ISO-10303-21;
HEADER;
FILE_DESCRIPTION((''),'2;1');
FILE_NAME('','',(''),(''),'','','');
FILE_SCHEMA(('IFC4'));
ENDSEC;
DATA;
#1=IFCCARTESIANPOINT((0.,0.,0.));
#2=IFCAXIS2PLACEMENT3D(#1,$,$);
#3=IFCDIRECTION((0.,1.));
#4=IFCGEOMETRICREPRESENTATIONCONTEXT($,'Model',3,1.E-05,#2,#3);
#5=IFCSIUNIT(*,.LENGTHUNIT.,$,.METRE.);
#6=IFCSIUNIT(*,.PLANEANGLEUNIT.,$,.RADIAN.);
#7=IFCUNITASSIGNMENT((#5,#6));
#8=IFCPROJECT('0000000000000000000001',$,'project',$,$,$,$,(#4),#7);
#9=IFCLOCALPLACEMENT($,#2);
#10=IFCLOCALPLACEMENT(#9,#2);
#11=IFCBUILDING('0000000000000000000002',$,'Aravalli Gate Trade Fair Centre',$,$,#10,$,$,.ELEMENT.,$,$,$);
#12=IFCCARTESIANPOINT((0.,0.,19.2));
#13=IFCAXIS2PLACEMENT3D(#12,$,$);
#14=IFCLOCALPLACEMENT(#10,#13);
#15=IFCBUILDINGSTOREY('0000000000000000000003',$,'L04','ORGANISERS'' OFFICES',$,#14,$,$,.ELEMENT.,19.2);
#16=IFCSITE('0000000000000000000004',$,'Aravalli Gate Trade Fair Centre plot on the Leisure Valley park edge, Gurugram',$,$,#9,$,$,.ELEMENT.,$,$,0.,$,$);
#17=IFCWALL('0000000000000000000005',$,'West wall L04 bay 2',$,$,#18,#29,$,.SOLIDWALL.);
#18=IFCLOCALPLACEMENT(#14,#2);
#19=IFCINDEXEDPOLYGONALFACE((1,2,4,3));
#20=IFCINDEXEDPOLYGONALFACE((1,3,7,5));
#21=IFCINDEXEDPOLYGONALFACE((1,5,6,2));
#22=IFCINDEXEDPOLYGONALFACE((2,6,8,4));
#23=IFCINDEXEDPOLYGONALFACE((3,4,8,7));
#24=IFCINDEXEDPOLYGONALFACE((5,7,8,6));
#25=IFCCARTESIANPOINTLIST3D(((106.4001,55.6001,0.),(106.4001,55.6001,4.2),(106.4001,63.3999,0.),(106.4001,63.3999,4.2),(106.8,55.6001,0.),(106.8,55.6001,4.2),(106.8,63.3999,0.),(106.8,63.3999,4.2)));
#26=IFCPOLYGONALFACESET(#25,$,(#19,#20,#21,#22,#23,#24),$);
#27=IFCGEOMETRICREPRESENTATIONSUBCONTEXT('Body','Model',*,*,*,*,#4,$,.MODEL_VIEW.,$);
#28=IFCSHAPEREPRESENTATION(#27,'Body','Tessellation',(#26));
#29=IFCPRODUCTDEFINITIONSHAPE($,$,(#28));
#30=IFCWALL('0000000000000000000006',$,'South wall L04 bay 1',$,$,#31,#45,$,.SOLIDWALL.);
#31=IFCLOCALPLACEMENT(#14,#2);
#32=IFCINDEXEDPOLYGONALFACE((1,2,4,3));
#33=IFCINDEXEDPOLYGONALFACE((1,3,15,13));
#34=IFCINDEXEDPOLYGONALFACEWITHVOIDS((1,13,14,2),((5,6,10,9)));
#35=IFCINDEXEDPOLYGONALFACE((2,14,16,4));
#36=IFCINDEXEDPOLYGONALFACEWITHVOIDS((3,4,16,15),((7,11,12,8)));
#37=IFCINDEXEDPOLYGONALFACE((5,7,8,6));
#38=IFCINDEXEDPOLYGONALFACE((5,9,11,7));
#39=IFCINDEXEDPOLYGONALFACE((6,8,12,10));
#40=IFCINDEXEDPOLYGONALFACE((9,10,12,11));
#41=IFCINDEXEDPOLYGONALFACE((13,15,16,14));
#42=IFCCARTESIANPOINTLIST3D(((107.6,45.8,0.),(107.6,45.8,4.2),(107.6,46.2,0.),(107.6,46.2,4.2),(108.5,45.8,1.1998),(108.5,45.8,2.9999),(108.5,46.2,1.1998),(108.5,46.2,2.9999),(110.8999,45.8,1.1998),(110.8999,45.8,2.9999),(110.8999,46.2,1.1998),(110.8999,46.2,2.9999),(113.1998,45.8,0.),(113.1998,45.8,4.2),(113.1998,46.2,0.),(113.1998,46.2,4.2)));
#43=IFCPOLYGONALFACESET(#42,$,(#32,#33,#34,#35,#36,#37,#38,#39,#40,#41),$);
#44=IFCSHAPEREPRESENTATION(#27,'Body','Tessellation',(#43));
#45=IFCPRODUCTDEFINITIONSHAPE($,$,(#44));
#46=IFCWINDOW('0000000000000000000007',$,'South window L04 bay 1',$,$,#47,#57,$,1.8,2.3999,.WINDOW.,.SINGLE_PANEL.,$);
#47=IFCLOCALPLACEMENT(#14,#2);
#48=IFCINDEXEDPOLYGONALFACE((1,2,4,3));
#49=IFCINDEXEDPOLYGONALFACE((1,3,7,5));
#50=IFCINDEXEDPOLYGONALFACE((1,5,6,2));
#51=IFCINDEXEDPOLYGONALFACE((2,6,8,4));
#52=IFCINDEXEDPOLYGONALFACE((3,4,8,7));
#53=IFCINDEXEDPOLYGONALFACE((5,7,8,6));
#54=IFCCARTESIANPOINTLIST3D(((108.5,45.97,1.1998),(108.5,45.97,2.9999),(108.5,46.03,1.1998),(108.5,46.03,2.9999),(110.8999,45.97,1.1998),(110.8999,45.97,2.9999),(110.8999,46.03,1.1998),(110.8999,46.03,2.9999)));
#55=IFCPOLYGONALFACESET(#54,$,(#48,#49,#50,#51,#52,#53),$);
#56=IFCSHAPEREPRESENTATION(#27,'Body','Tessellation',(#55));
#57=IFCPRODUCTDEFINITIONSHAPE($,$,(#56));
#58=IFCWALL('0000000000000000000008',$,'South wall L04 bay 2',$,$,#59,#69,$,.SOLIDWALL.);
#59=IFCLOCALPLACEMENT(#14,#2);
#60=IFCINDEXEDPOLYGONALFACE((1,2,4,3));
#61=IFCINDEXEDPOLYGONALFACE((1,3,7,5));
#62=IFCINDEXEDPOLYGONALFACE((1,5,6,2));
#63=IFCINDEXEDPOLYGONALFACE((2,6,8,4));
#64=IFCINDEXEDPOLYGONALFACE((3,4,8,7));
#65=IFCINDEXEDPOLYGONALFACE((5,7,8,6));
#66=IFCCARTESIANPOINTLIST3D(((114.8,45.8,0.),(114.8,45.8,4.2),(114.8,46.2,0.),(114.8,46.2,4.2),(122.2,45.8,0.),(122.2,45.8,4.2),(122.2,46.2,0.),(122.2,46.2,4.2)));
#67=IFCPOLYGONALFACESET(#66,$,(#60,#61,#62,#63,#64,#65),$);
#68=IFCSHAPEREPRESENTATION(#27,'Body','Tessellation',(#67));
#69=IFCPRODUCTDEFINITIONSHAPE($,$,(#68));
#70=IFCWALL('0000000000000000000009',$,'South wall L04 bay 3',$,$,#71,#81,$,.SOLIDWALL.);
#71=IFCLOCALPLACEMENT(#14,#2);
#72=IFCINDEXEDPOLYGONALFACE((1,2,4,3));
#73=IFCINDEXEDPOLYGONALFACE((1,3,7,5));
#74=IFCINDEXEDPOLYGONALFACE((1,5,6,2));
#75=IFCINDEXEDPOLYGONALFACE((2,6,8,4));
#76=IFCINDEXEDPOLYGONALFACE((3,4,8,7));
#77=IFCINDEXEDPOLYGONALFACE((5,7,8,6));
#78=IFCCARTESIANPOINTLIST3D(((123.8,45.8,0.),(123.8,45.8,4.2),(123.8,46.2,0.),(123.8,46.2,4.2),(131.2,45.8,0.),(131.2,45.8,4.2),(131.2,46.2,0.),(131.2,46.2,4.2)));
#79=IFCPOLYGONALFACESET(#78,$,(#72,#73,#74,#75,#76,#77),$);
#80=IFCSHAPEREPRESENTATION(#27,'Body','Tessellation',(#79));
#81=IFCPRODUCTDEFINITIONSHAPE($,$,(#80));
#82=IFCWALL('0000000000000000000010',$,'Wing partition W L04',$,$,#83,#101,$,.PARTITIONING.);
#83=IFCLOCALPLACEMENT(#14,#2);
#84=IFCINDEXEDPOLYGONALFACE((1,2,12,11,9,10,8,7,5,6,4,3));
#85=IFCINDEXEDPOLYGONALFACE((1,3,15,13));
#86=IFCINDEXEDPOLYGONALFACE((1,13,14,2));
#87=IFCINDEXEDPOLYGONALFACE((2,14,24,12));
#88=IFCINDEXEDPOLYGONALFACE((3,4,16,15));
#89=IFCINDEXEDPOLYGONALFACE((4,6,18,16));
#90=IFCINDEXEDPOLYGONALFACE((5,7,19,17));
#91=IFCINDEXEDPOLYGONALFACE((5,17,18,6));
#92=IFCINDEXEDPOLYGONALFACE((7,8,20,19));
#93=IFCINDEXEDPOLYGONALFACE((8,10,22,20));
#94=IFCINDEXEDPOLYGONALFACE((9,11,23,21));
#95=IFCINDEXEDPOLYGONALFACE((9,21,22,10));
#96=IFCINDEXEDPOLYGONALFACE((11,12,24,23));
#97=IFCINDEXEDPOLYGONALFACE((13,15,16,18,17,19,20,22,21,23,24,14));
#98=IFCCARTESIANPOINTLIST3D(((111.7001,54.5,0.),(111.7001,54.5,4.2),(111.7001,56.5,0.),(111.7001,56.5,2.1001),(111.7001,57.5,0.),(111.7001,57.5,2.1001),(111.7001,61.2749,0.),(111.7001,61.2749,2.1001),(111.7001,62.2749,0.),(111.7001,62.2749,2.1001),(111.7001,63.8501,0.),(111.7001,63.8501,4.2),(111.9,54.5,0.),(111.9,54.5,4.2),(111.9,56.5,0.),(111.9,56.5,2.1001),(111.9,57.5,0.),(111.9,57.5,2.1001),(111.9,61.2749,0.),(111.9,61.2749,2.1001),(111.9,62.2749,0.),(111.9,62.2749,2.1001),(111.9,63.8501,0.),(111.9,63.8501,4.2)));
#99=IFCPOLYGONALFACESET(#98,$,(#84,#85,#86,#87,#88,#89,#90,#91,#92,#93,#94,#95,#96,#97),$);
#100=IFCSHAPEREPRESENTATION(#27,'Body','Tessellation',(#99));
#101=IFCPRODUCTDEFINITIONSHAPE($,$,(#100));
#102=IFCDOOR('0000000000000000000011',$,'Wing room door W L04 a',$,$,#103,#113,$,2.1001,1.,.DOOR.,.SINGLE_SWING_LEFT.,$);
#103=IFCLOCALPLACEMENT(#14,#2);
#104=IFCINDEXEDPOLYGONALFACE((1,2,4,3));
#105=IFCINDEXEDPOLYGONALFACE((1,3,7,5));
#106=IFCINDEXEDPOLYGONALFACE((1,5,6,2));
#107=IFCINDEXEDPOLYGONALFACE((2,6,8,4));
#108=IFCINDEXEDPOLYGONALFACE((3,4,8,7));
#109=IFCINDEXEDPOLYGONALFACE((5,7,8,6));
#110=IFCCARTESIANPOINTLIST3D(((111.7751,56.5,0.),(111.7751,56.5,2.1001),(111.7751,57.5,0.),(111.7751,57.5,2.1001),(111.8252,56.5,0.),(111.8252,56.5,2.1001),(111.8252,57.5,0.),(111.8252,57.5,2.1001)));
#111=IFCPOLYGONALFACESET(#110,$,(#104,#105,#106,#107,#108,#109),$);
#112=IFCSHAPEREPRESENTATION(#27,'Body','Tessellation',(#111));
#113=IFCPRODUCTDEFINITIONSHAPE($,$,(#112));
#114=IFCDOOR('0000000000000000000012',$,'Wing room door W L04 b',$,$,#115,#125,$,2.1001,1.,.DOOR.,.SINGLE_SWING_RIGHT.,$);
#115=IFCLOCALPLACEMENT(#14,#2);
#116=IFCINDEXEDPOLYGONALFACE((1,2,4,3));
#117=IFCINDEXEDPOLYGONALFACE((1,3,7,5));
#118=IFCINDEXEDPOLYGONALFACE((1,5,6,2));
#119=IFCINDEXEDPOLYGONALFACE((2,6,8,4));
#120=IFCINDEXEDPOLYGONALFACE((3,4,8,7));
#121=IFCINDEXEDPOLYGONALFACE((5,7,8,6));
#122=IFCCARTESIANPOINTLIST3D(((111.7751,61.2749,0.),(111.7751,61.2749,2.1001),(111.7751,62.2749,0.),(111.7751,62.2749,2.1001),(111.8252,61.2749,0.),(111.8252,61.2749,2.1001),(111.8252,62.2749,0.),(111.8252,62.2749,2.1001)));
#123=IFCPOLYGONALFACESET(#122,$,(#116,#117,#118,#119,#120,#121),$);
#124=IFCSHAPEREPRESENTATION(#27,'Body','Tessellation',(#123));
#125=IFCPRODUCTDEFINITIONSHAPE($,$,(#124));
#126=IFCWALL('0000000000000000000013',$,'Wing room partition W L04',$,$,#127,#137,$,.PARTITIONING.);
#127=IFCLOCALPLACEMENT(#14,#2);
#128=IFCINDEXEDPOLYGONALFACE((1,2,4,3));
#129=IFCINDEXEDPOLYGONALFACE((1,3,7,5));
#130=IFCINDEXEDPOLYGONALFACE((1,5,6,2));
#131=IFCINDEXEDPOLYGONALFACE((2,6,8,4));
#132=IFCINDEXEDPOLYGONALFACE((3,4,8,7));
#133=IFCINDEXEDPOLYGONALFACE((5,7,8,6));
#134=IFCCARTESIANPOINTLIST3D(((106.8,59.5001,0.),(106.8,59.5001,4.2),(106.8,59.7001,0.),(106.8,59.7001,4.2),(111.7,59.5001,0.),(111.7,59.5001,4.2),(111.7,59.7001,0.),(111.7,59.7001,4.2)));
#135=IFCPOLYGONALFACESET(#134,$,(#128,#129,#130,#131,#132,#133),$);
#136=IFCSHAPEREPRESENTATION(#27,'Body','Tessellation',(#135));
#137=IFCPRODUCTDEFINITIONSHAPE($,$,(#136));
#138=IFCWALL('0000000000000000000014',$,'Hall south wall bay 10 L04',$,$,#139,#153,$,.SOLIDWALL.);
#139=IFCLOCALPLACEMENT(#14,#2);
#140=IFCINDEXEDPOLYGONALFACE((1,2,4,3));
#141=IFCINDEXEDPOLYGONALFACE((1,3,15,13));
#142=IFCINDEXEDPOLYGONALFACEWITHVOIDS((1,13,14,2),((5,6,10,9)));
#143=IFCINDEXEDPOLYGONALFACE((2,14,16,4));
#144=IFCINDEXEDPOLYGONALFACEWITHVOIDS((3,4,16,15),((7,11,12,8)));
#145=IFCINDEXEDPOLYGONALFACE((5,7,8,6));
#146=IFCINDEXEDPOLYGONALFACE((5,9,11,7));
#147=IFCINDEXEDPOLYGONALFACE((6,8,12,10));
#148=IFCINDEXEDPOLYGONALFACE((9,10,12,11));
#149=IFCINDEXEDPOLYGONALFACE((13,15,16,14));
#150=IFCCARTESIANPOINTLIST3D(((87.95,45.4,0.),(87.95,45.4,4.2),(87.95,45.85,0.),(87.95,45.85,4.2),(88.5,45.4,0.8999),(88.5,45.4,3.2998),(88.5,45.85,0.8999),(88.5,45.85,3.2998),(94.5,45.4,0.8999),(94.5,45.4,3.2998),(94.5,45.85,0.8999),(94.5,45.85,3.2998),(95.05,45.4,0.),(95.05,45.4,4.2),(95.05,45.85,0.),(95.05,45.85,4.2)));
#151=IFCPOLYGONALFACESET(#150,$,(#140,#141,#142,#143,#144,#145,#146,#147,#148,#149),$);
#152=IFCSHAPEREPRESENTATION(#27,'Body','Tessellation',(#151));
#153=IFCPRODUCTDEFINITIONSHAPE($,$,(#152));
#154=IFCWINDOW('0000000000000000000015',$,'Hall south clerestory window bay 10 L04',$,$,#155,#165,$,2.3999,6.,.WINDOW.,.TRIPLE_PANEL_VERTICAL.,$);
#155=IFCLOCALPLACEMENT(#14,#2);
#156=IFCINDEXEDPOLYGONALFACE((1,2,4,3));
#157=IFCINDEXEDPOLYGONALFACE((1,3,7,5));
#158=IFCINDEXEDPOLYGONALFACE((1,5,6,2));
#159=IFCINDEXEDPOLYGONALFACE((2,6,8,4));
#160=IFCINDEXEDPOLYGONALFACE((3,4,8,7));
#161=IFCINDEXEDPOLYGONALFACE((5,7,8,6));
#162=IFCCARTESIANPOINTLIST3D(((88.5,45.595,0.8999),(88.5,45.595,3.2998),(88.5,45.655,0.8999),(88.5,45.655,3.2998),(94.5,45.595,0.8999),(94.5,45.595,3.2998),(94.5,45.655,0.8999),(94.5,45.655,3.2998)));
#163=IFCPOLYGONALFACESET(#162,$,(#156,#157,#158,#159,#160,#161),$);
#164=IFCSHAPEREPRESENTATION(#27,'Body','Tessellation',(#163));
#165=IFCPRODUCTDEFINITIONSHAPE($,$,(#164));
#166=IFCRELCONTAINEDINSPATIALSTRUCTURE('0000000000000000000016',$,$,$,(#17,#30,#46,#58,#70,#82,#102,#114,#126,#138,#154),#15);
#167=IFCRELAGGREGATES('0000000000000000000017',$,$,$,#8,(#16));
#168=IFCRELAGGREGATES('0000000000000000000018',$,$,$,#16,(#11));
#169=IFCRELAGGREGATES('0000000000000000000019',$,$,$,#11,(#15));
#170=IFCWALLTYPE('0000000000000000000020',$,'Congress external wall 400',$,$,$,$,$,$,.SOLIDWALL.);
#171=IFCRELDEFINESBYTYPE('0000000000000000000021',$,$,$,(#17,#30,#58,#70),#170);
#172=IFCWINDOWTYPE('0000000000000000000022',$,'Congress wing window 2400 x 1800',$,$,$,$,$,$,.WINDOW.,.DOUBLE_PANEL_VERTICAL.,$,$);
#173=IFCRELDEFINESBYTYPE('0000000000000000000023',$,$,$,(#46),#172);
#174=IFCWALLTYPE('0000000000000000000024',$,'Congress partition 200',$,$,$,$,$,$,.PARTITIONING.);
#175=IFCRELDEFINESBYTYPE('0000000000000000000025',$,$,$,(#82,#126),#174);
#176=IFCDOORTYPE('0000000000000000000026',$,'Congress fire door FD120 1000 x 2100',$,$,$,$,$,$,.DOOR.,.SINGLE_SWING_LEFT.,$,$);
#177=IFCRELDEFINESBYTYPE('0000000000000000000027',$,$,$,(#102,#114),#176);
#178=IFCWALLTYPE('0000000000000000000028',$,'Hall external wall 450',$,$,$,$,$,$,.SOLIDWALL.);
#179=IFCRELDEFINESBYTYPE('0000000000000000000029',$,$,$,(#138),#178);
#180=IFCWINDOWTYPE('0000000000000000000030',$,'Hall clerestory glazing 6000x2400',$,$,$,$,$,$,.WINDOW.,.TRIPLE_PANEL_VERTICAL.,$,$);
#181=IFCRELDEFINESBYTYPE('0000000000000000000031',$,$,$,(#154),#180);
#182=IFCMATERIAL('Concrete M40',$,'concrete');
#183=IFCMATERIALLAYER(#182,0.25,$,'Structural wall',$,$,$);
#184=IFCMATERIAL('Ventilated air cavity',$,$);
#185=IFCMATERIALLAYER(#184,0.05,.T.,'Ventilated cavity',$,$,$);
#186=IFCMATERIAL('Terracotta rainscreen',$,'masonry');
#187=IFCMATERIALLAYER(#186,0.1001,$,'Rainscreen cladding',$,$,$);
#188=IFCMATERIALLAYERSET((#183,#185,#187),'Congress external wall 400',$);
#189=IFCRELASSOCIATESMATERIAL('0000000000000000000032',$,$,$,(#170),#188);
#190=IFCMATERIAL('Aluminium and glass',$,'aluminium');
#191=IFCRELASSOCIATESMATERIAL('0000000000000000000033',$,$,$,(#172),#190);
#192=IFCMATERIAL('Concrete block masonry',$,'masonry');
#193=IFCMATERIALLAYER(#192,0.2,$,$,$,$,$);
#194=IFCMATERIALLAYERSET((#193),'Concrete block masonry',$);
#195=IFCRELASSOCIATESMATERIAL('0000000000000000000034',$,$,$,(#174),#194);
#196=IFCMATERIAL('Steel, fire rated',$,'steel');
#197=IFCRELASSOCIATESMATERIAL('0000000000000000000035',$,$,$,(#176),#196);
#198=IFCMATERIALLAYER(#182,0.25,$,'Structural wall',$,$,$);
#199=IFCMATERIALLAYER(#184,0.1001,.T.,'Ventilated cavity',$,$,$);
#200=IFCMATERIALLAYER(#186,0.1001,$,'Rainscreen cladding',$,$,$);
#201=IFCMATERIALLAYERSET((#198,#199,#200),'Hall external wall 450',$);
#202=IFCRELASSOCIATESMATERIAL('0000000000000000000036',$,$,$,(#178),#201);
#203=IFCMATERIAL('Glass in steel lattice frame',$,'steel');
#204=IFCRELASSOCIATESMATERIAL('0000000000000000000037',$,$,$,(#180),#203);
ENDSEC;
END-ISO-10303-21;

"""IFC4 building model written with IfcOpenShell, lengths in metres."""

from ifc_helpers import new_model, si_unit, direction, frame, frame_2d, origin, place, context, subcontext, project, spatial, rectangle, extrude, material, layer, layer_set, type_object, element, fill, save


model = new_model("IFC4")

# Units and contexts
model_context = context("Model", 3, precision=1e-05, world=origin(), true_north=direction((0.0, 1.0)))
body_context = subcontext(model_context, "Body", "Model", "MODEL_VIEW")
ifc_project = project(units=[si_unit("LENGTHUNIT", "METRE"), si_unit("PLANEANGLEUNIT", "RADIAN")], contexts=[model_context])

# Site, building, storey
site_placement = place(None, origin())
site = spatial("IfcSite", under=ifc_project, at=site_placement, Name="Aravalli Gate Trade Fair Centre plot on the Leisure Valley park edge, Gurugram", CompositionType="ELEMENT", RefElevation=0.0)
building_placement = place(site_placement, origin())
building = spatial("IfcBuilding", under=site, at=building_placement, Name="Aravalli Gate Trade Fair Centre", CompositionType="ELEMENT")
storey_placement = place(building_placement, frame((0.0, 0.0, 19.2)))
storey = spatial("IfcBuildingStorey", under=building, at=storey_placement, Name="L04", Description="ORGANISERS' OFFICES", CompositionType="ELEMENT", Elevation=19.2)

# Shared definitions
ifc_material_1 = material(Name="Concrete M40", Category="concrete")

# Shared definitions
ifc_material_2 = material(Name="Steel, fire rated", Category="steel")

# Wall
ifc_layer_1 = layer(ifc_material_1, 0.25, Name="Structural wall")
ifc_material_3 = material(Name="Ventilated air cavity")
ifc_layer_2 = layer(ifc_material_3, 0.05, ventilated=True, Name="Ventilated cavity")
ifc_material_4 = material(Name="Terracotta rainscreen", Category="masonry")
ifc_layer_3 = layer(ifc_material_4, 0.1001, Name="Rainscreen cladding")
ifc_layer_set_1 = layer_set([ifc_layer_1, ifc_layer_2, ifc_layer_3], Name="Congress external wall 400")
wall_type_1 = type_object("IfcWallType", Name="Congress external wall 400", PredefinedType="SOLIDWALL", material=ifc_layer_set_1)
for number, where, z_axis, x_axis, name in (
    (1, (106.6001, 55.6001, 0.0), (0.0, 0.0, 1.0), (0.0, 1.0, 0.0), "West wall L04 bay 2"),
):
    element("IfcWall", number, at=place(storey_placement, frame(where, z_axis=z_axis, x_axis=x_axis)), inside=storey, type_object=wall_type_1, Name=name, PredefinedType="SOLIDWALL", context=body_context, shape_type="SweptSolid", body=[
        extrude(rectangle(XDim=7.7998, YDim=0.3999, at=frame_2d((3.8999, 0.0))), origin(), (0.0, 0.0, 1.0), 4.2),
    ])

# Wall, opening, window
wall_1_placement = place(storey_placement, frame((107.6001, 46.0, 0.0), z_axis=(0.0, 0.0, 1.0), x_axis=(1.0, 0.0, 0.0)))
wall_1 = element("IfcWall", 2, at=wall_1_placement, inside=storey, type_object=wall_type_1, Name="South wall L04 bay 1", PredefinedType="SOLIDWALL", context=body_context, shape_type="SweptSolid", body=[
    extrude(rectangle(XDim=5.5999, YDim=0.3999, at=frame_2d((2.7998, 0.0))), origin(), (0.0, 0.0, 1.0), 4.2),
])
opening_1_placement = place(wall_1_placement, frame((0.8999, 0.0, 1.2)))
opening_1 = element("IfcOpeningElement", 3, at=opening_1_placement, cuts=wall_1, PredefinedType="OPENING", context=body_context, shape_type="SweptSolid", body=[
    extrude(rectangle(XDim=2.3999, YDim=1.8, at=frame_2d((1.2, 0.8999))), frame((0.0, 0.21, 0.0), z_axis=(0.0, -1.0, 0.0), x_axis=(1.0, 0.0, 0.0)), (0.0, 0.0, 1.0), 0.4199),
])
ifc_material_5 = material(Name="Aluminium and glass", Category="aluminium")
window_type_1 = type_object("IfcWindowType", Name="Congress wing window 2400 x 1800", PartitioningType="DOUBLE_PANEL_VERTICAL", PredefinedType="WINDOW", material=ifc_material_5)
window_1_placement = place(opening_1_placement, origin())
window_1 = element("IfcWindow", 4, at=window_1_placement, inside=storey, type_object=window_type_1, Name="South window L04 bay 1", OverallHeight=1.8, OverallWidth=2.3999, PartitioningType="SINGLE_PANEL", PredefinedType="WINDOW", context=body_context, shape_type="SweptSolid", body=[
    extrude(rectangle(XDim=2.3999, YDim=1.8, at=frame_2d((1.2, 0.8999))), frame((0.0, 0.03, 0.0), z_axis=(0.0, -1.0, 0.0), x_axis=(1.0, 0.0, 0.0)), (0.0, 0.0, 1.0), 0.0601),
])
fill(opening_1, window_1)

# Walls
for number, where, z_axis, x_axis, name in (
    (5, (114.8, 46.0, 0.0), (0.0, 0.0, 1.0), (1.0, 0.0, 0.0), "South wall L04 bay 2"),
    (6, (123.8, 46.0, 0.0), (0.0, 0.0, 1.0), (1.0, 0.0, 0.0), "South wall L04 bay 3"),
):
    element("IfcWall", number, at=place(storey_placement, frame(where, z_axis=z_axis, x_axis=x_axis)), inside=storey, type_object=wall_type_1, Name=name, PredefinedType="SOLIDWALL", context=body_context, shape_type="SweptSolid", body=[
        extrude(rectangle(XDim=7.3999, YDim=0.3999, at=frame_2d((3.7, 0.0))), origin(), (0.0, 0.0, 1.0), 4.2),
    ])

# Wall, openings, doors
ifc_material_6 = material(Name="Concrete block masonry", Category="masonry")
ifc_layer_4 = layer(ifc_material_6, 0.2)
ifc_layer_set_2 = layer_set([ifc_layer_4], Name="Concrete block masonry")
wall_type_2 = type_object("IfcWallType", Name="Congress partition 200", PredefinedType="PARTITIONING", material=ifc_layer_set_2)
wall_2_placement = place(storey_placement, frame((111.8, 54.5, 0.0), z_axis=(0.0, 0.0, 1.0), x_axis=(0.0, 1.0, 0.0)))
wall_2 = element("IfcWall", 7, at=wall_2_placement, inside=storey, type_object=wall_type_2, Name="Wing partition W L04", PredefinedType="PARTITIONING", context=body_context, shape_type="SweptSolid", body=[
    extrude(rectangle(XDim=9.3501, YDim=0.2, at=frame_2d((4.675, 0.0))), origin(), (0.0, 0.0, 1.0), 4.2),
])
opening_2_placement = place(wall_2_placement, frame((2.0, 0.0, 0.0)))
opening_2 = element("IfcOpeningElement", 8, at=opening_2_placement, cuts=wall_2, PredefinedType="OPENING", context=body_context, shape_type="SweptSolid", body=[
    extrude(rectangle(XDim=1.0, YDim=2.1001, at=frame_2d((0.5, 1.05))), frame((0.0, 0.1099, 0.0), z_axis=(0.0, -1.0, 0.0), x_axis=(1.0, 0.0, 0.0)), (0.0, 0.0, 1.0), 0.22),
])
opening_3_placement = place(wall_2_placement, frame((6.7749, 0.0, 0.0)))
opening_3 = element("IfcOpeningElement", 9, at=opening_3_placement, cuts=wall_2, PredefinedType="OPENING", context=body_context, shape_type="SweptSolid", body=[
    extrude(rectangle(XDim=1.0, YDim=2.1001, at=frame_2d((0.5, 1.05))), frame((0.0, 0.1099, 0.0), z_axis=(0.0, -1.0, 0.0), x_axis=(1.0, 0.0, 0.0)), (0.0, 0.0, 1.0), 0.22),
])
door_type_1 = type_object("IfcDoorType", Name="Congress fire door FD120 1000 x 2100", OperationType="SINGLE_SWING_LEFT", PredefinedType="DOOR", material=ifc_material_2)
door_1_placement = place(opening_2_placement, origin())
door_1 = element("IfcDoor", 10, at=door_1_placement, inside=storey, type_object=door_type_1, Name="Wing room door W L04 a", OperationType="SINGLE_SWING_LEFT", OverallHeight=2.1001, OverallWidth=1.0, PredefinedType="DOOR", context=body_context, shape_type="SweptSolid", body=[
    extrude(rectangle(XDim=1.0, YDim=2.1001, at=frame_2d((0.5, 1.05))), frame((0.0, 0.0249, 0.0), z_axis=(0.0, -1.0, 0.0), x_axis=(1.0, 0.0, 0.0)), (0.0, 0.0, 1.0), 0.05),
])
fill(opening_2, door_1)
door_2_placement = place(opening_3_placement, origin())
door_2 = element("IfcDoor", 11, at=door_2_placement, inside=storey, type_object=door_type_1, Name="Wing room door W L04 b", OperationType="SINGLE_SWING_RIGHT", OverallHeight=2.1001, OverallWidth=1.0, PredefinedType="DOOR", context=body_context, shape_type="SweptSolid", body=[
    extrude(rectangle(XDim=1.0, YDim=2.1001, at=frame_2d((0.5, 1.05))), frame((0.0, 0.0249, 0.0), z_axis=(0.0, -1.0, 0.0), x_axis=(1.0, 0.0, 0.0)), (0.0, 0.0, 1.0), 0.05),
])
fill(opening_3, door_2)

# Wall
wall_3_placement = place(storey_placement, frame((106.8, 59.6001, 0.0), z_axis=(0.0, 0.0, 1.0), x_axis=(1.0, 0.0, 0.0)))
element("IfcWall", 12, at=wall_3_placement, inside=storey, type_object=wall_type_2, Name="Wing room partition W L04", PredefinedType="PARTITIONING", context=body_context, shape_type="SweptSolid", body=[
    extrude(rectangle(XDim=4.8999, YDim=0.2, at=frame_2d((2.45, 0.0))), origin(), (0.0, 0.0, 1.0), 4.2),
])

# Wall, opening, window
ifc_layer_5 = layer(ifc_material_1, 0.25, Name="Structural wall")
ifc_layer_6 = layer(ifc_material_3, 0.1001, ventilated=True, Name="Ventilated cavity")
ifc_layer_7 = layer(ifc_material_4, 0.1001, Name="Rainscreen cladding")
ifc_layer_set_3 = layer_set([ifc_layer_5, ifc_layer_6, ifc_layer_7], Name="Hall external wall 450")
wall_type_3 = type_object("IfcWallType", Name="Hall external wall 450", PredefinedType="SOLIDWALL", material=ifc_layer_set_3)
wall_4_placement = place(storey_placement, frame((87.95, 45.625, 0.0), z_axis=(0.0, 0.0, 1.0), x_axis=(1.0, 0.0, 0.0)))
wall_4 = element("IfcWall", 13, at=wall_4_placement, inside=storey, type_object=wall_type_3, Name="Hall south wall bay 10 L04", PredefinedType="SOLIDWALL", context=body_context, shape_type="SweptSolid", body=[
    extrude(rectangle(XDim=7.1001, YDim=0.45, at=frame_2d((3.55, 0.0))), origin(), (0.0, 0.0, 1.0), 4.2),
])
opening_4_placement = place(wall_4_placement, frame((0.55, 0.0, 0.8999)))
opening_4 = element("IfcOpeningElement", 14, at=opening_4_placement, cuts=wall_4, PredefinedType="OPENING", context=body_context, shape_type="SweptSolid", body=[
    extrude(rectangle(XDim=6.0, YDim=2.3999, at=frame_2d((3.0, 1.2))), frame((0.0, 0.2349, 0.0), z_axis=(0.0, -1.0, 0.0), x_axis=(1.0, 0.0, 0.0)), (0.0, 0.0, 1.0), 0.47),
])
ifc_material_7 = material(Name="Glass in steel lattice frame", Category="steel")
window_type_2 = type_object("IfcWindowType", Name="Hall clerestory glazing 6000x2400", PartitioningType="TRIPLE_PANEL_VERTICAL", PredefinedType="WINDOW", material=ifc_material_7)
window_2_placement = place(opening_4_placement, origin())
window_2 = element("IfcWindow", 15, at=window_2_placement, inside=storey, type_object=window_type_2, Name="Hall south clerestory window bay 10 L04", OverallHeight=2.3999, OverallWidth=6.0, PartitioningType="TRIPLE_PANEL_VERTICAL", PredefinedType="WINDOW", context=body_context, shape_type="SweptSolid", body=[
    extrude(rectangle(XDim=6.0, YDim=2.3999, at=frame_2d((3.0, 1.2))), frame((0.0, 0.03, 0.0), z_axis=(0.0, -1.0, 0.0), x_axis=(1.0, 0.0, 0.0)), (0.0, 0.0, 1.0), 0.0601),
])
fill(opening_4, window_2)

save(model, "model.ifc")
